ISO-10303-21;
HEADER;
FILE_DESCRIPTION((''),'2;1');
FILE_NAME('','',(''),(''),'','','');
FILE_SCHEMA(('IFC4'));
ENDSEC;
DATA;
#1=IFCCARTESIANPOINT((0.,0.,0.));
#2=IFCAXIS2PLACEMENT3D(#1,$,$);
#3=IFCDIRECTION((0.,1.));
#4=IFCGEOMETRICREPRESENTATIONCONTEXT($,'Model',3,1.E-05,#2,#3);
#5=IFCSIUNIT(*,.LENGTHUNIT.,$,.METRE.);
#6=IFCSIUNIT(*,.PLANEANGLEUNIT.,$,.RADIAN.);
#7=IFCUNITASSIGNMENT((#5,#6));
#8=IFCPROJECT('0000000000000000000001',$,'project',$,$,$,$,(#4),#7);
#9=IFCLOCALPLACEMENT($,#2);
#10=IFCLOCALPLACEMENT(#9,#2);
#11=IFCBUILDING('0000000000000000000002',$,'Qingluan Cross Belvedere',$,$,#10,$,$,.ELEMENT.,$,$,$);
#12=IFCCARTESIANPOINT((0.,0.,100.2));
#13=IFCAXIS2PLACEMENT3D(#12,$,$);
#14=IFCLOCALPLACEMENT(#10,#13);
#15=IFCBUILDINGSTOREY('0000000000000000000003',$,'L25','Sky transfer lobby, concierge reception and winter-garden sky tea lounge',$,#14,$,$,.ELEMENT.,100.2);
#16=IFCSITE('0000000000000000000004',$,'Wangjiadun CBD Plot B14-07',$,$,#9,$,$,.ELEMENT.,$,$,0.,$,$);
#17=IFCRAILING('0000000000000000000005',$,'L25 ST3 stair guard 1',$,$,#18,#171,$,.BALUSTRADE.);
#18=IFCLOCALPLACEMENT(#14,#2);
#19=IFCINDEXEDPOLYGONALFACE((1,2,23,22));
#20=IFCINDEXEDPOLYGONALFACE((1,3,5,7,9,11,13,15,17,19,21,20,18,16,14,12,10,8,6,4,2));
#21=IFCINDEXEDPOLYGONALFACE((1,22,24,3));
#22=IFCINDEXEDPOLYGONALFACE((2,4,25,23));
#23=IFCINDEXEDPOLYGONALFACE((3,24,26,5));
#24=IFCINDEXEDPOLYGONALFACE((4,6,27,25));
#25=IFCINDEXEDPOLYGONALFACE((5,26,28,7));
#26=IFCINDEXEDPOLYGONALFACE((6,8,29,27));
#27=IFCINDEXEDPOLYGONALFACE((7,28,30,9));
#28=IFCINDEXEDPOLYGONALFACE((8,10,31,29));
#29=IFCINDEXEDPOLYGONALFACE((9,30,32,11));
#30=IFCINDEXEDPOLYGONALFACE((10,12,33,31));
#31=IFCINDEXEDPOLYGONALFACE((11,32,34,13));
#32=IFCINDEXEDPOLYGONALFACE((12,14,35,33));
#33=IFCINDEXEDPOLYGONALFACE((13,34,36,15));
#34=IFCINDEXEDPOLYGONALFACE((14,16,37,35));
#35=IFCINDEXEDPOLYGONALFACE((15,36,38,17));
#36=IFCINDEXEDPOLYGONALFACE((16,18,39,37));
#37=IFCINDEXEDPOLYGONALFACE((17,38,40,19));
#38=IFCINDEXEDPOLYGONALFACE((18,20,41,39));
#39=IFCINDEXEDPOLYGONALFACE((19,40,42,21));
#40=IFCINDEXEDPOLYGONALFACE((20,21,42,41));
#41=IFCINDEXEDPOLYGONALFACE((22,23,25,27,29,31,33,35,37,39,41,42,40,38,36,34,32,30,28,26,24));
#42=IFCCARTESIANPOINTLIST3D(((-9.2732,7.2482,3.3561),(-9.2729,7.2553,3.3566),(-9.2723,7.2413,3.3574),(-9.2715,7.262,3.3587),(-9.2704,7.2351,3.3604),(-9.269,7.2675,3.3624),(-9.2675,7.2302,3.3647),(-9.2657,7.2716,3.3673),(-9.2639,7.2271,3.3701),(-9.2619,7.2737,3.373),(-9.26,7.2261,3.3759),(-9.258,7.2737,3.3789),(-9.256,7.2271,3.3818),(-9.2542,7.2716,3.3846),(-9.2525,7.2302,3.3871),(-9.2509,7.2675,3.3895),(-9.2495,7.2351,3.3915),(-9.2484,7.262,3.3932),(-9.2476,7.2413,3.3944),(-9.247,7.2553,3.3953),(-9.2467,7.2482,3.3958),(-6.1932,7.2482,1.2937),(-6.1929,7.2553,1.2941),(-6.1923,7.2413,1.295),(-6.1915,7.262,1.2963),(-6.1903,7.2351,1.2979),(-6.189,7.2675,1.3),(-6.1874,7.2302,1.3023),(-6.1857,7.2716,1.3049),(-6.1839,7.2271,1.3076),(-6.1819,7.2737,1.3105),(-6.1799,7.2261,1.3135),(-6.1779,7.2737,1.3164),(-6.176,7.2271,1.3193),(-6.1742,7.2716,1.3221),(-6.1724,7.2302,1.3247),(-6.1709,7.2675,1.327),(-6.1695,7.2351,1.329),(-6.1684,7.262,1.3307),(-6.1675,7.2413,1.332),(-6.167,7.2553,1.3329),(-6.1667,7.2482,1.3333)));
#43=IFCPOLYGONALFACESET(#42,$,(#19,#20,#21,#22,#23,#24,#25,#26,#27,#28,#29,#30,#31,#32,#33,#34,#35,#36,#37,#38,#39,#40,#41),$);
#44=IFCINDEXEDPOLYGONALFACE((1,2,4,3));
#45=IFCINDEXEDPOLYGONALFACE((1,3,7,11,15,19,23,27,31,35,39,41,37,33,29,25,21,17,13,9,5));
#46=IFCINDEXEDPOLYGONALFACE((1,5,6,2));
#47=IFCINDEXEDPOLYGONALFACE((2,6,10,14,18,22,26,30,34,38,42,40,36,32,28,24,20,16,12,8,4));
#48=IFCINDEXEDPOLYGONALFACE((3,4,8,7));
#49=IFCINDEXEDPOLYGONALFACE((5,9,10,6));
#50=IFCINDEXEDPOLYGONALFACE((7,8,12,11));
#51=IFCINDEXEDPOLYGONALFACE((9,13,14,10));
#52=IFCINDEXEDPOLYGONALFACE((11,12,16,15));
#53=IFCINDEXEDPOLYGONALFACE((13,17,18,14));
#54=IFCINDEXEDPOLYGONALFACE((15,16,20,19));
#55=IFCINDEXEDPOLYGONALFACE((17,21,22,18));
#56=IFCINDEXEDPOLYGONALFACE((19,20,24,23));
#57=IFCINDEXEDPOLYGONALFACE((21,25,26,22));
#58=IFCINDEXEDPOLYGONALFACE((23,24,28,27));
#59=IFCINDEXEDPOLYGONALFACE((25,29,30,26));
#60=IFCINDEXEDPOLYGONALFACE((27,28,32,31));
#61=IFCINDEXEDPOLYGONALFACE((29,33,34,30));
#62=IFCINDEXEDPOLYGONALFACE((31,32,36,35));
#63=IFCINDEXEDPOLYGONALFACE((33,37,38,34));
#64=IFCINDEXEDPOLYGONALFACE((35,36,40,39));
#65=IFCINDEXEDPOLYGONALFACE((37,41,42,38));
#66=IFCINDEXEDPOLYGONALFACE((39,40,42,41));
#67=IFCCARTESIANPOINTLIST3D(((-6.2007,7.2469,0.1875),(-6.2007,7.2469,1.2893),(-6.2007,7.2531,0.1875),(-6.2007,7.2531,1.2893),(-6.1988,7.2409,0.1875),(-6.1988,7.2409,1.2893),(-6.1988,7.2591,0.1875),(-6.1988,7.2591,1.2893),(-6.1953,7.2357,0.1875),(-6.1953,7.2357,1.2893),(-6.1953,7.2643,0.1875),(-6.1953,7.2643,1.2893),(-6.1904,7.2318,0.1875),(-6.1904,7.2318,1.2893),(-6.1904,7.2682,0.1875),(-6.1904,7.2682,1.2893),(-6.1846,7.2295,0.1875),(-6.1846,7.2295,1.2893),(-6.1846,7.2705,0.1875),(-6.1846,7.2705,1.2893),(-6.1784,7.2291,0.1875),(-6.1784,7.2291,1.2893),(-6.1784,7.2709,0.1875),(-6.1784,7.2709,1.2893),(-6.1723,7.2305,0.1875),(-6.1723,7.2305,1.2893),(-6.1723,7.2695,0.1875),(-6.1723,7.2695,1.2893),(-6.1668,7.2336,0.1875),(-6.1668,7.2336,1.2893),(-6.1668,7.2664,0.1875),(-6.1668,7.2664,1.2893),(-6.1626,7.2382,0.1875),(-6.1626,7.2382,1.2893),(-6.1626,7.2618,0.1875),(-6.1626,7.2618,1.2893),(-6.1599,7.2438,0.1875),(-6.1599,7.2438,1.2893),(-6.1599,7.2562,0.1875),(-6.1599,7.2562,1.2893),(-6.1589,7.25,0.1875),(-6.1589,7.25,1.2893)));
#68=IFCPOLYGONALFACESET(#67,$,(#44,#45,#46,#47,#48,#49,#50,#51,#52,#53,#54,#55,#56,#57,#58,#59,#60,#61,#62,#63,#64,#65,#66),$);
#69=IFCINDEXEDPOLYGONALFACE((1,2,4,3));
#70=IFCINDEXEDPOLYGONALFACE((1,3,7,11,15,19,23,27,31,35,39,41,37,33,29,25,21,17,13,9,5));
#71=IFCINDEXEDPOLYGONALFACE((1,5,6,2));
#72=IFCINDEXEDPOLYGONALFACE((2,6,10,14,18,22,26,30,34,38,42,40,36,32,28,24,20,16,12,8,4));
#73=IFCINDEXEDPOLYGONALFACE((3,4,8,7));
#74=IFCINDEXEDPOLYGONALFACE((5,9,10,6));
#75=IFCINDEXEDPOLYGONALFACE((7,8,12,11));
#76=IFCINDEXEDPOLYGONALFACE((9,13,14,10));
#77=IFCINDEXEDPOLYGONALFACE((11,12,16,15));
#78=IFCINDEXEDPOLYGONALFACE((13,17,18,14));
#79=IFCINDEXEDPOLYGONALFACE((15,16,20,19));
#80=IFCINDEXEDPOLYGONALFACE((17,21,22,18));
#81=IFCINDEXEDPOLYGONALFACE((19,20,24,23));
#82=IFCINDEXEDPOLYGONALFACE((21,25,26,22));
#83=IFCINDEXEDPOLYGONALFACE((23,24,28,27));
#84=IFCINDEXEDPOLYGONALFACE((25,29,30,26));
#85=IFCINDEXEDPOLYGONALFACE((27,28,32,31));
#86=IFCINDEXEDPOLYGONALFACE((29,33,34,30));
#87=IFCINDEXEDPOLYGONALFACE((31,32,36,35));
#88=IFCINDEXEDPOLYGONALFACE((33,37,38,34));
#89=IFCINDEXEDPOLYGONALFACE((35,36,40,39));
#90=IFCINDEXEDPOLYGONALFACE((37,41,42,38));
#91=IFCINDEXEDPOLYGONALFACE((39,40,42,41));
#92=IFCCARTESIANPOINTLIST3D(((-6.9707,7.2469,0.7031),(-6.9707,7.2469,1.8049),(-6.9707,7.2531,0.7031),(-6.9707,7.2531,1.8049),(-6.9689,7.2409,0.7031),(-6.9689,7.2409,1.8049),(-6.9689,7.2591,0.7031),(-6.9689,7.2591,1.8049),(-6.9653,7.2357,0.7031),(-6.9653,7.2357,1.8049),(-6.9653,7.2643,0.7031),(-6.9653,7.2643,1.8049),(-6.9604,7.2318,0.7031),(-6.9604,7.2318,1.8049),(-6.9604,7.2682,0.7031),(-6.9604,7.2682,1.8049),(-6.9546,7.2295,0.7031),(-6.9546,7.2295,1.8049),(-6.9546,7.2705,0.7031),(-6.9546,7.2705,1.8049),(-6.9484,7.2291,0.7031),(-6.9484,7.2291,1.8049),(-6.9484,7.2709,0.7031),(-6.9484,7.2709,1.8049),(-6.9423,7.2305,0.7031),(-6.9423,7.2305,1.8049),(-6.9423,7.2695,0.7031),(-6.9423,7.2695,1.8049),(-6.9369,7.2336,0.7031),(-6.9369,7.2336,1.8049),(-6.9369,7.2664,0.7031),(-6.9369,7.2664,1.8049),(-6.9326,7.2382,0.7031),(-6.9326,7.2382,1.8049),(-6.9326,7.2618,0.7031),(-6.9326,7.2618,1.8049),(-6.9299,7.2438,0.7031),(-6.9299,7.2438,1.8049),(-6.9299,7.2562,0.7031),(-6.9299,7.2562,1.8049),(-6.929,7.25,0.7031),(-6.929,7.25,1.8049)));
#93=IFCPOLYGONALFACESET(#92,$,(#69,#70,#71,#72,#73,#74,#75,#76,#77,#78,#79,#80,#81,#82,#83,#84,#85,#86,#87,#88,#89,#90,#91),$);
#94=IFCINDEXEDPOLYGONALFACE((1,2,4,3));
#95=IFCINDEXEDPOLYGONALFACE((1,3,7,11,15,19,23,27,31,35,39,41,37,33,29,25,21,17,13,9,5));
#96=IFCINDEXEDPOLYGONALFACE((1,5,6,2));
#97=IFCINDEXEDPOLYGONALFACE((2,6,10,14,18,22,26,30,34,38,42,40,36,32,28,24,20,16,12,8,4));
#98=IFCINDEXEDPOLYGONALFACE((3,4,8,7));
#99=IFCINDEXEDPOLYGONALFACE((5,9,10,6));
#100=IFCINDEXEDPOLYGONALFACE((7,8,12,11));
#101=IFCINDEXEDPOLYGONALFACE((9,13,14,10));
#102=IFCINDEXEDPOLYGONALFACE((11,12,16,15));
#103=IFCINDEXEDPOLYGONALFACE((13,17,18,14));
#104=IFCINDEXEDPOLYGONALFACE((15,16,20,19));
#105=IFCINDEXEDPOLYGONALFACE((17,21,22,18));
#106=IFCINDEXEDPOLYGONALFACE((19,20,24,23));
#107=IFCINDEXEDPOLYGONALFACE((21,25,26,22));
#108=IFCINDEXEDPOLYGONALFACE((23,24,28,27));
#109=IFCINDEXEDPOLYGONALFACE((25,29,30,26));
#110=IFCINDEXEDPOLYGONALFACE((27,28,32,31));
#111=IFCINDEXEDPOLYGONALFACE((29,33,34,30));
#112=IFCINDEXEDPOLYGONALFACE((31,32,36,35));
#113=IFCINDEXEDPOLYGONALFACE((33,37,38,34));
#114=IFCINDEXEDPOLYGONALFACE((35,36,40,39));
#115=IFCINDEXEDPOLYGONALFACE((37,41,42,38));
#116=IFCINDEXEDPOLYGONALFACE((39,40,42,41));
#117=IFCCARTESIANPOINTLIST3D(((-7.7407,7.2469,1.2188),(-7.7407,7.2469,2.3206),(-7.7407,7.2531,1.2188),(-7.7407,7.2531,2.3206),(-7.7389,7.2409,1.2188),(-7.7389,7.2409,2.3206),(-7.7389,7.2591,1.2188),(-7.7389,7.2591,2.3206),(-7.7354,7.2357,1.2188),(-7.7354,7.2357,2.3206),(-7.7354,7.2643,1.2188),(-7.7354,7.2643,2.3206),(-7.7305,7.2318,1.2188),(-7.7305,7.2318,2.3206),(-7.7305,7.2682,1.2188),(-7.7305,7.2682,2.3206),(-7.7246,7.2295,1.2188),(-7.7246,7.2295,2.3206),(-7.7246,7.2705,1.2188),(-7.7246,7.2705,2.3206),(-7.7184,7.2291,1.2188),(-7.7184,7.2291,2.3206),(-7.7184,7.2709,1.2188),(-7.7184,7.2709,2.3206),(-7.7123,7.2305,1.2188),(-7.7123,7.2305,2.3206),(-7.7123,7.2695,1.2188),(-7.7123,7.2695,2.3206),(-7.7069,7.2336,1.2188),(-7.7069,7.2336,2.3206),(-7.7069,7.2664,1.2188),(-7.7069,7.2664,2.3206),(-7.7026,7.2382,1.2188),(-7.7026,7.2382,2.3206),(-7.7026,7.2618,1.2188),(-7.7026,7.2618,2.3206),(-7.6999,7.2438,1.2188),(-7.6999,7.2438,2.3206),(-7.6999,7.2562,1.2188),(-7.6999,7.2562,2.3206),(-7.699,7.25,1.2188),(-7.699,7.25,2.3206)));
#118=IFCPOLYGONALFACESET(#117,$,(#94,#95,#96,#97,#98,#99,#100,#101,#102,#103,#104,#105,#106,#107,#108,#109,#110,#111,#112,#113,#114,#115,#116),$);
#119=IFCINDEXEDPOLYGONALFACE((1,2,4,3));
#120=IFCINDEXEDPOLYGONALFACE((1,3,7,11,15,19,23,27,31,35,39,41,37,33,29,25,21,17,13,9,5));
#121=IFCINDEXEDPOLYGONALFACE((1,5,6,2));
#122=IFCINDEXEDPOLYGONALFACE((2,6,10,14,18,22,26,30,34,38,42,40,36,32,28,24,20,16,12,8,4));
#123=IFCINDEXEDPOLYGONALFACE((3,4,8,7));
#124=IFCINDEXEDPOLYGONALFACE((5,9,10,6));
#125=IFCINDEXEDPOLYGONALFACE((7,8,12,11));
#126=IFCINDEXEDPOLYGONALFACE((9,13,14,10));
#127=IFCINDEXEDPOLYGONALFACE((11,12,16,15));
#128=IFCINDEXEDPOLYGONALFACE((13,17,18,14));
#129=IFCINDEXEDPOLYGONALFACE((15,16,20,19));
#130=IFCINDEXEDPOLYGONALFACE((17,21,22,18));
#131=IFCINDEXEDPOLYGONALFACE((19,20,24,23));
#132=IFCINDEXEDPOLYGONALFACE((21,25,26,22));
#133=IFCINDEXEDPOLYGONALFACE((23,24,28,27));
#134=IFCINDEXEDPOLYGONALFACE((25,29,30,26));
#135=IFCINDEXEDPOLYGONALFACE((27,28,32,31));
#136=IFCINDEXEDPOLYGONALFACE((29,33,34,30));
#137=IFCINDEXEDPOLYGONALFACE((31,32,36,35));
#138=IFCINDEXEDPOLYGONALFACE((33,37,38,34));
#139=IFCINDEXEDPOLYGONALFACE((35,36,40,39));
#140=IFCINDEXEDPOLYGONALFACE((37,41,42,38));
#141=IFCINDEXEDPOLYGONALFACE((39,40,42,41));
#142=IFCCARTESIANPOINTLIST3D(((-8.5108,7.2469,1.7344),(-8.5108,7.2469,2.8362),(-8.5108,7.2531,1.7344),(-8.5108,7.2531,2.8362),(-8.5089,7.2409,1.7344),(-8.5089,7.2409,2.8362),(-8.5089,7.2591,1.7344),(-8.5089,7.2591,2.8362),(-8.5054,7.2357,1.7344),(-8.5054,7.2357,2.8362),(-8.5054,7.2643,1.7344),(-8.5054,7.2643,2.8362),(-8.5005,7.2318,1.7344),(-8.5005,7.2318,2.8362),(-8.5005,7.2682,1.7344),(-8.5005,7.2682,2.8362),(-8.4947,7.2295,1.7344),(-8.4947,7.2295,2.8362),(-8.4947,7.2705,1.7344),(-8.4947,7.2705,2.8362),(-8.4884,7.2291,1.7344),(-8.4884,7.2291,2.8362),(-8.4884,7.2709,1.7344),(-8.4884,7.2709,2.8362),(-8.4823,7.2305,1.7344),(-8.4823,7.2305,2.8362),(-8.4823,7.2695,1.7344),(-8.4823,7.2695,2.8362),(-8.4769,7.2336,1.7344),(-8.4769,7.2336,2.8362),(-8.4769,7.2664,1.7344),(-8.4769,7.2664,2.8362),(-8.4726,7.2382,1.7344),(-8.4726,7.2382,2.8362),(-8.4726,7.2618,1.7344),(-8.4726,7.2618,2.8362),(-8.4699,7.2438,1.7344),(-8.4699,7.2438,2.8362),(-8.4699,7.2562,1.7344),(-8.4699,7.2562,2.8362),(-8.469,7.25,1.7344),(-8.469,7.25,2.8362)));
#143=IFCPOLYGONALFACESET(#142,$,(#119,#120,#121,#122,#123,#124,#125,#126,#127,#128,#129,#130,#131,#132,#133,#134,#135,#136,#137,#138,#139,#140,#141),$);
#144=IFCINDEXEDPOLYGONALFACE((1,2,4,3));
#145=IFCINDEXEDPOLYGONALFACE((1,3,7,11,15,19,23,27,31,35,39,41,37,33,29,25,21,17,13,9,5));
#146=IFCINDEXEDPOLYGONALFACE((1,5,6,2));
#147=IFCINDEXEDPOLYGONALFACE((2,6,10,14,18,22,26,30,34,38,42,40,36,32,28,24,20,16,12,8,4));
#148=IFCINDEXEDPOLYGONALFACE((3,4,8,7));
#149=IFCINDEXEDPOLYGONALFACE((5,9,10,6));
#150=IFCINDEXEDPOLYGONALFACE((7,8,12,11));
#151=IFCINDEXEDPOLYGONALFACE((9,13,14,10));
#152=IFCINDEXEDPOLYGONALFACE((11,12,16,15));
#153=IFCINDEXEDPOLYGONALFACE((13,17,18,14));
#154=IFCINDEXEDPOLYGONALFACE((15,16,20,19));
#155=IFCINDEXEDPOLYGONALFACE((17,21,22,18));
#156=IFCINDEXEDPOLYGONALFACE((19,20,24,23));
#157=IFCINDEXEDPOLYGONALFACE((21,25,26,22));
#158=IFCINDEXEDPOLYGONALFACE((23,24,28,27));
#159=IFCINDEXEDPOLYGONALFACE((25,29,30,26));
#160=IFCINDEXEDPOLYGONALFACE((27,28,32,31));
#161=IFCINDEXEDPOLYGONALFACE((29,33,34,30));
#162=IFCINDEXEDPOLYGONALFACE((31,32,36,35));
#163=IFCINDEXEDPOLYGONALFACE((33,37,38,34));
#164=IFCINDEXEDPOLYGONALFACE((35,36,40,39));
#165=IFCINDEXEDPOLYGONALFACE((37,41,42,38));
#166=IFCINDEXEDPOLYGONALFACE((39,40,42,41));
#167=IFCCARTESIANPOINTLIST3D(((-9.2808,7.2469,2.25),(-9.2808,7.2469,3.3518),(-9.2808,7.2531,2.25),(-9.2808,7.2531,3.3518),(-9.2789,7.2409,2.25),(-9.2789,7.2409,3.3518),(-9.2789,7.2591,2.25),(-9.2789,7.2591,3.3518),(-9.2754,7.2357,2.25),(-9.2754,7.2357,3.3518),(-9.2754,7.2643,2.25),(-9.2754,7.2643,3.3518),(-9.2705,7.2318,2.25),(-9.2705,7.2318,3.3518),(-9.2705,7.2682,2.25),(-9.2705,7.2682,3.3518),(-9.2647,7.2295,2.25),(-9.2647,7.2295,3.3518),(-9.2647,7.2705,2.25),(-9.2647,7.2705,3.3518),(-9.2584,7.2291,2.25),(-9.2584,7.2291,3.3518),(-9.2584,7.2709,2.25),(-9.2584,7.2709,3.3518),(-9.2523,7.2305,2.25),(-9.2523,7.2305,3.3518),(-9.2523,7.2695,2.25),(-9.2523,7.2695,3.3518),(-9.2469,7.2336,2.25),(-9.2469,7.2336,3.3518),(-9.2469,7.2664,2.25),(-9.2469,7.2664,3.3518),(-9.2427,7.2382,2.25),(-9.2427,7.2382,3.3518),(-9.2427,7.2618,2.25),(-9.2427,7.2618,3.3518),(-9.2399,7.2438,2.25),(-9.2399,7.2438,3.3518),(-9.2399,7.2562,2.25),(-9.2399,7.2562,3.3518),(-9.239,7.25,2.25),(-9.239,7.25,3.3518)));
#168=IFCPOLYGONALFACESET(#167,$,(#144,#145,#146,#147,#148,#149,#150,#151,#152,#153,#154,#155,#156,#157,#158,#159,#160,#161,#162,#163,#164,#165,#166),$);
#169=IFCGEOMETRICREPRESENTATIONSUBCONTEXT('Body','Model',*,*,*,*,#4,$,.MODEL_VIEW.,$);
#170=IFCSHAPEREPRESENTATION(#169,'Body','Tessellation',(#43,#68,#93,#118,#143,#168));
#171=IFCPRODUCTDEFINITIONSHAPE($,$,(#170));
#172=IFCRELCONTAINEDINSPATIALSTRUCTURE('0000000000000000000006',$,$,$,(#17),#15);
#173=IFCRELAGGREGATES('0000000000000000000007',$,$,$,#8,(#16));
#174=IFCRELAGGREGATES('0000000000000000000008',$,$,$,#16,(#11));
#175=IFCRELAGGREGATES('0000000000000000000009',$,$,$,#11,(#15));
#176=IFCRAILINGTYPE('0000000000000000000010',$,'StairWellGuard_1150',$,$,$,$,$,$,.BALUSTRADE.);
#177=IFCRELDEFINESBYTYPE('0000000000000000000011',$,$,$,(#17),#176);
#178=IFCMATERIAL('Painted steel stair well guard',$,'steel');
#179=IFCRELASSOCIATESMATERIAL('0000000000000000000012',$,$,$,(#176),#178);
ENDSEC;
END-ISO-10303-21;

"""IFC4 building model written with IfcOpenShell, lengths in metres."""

from ifc_helpers import new_model, si_unit, direction, frame, origin, origin_2d, place, context, subcontext, project, spatial, circle, extrude, material, type_object, element, save


model = new_model("IFC4")

# Units and contexts
model_context = context("Model", 3, precision=1e-05, world=origin(), true_north=direction((0.0, 1.0)))
body_context = subcontext(model_context, "Body", "Model", "MODEL_VIEW")
ifc_project = project(units=[si_unit("LENGTHUNIT", "METRE"), si_unit("PLANEANGLEUNIT", "RADIAN")], contexts=[model_context])

# Site, building, storey
site_placement = place(None, origin())
site = spatial("IfcSite", under=ifc_project, at=site_placement, Name="Wangjiadun CBD Plot B14-07", CompositionType="ELEMENT", RefElevation=0.0)
building_placement = place(site_placement, origin())
building = spatial("IfcBuilding", under=site, at=building_placement, Name="Qingluan Cross Belvedere", CompositionType="ELEMENT")
storey_placement = place(building_placement, frame((0.0, 0.0, 100.2)))
storey = spatial("IfcBuildingStorey", under=building, at=storey_placement, Name="L25", Description="Sky transfer lobby, concierge reception and winter-garden sky tea lounge", CompositionType="ELEMENT", Elevation=100.2)

# Railing
ifc_material_1 = material(Name="Painted steel stair well guard", Category="steel")
railing_type_1 = type_object("IfcRailingType", Name="StairWellGuard_1150", PredefinedType="BALUSTRADE", material=ifc_material_1)
railing_1_placement = place(storey_placement, frame((-6.1799, 7.25, 0.1875)))
element("IfcRailing", 1, at=railing_1_placement, inside=storey, type_object=railing_type_1, Name="L25 ST3 stair guard 1", PredefinedType="BALUSTRADE", context=body_context, shape_type="SweptSolid", body=[
    extrude(circle(Radius=0.0239, at=origin_2d()), frame((0.0, 0.0, 1.126), z_axis=(-0.830914, 0.0, 0.556401), x_axis=(0.0, -1.0, 0.0)), (0.0, 0.0, 1.0), 3.7068),
    extrude(circle(Radius=0.021, at=origin_2d()), origin(), (0.0, 0.0, 1.0), 1.1018),
    extrude(circle(Radius=0.021, at=origin_2d()), frame((-0.77, 0.0, 0.5156)), (0.0, 0.0, 1.0), 1.1018),
    extrude(circle(Radius=0.021, at=origin_2d()), frame((-1.54, 0.0, 1.0312)), (0.0, 0.0, 1.0), 1.1018),
    extrude(circle(Radius=0.021, at=origin_2d()), frame((-2.3101, 0.0, 1.5469)), (0.0, 0.0, 1.0), 1.1018),
    extrude(circle(Radius=0.021, at=origin_2d()), frame((-3.0801, 0.0, 2.0625)), (0.0, 0.0, 1.0), 1.1018),
])

save(model, "model.ifc")
